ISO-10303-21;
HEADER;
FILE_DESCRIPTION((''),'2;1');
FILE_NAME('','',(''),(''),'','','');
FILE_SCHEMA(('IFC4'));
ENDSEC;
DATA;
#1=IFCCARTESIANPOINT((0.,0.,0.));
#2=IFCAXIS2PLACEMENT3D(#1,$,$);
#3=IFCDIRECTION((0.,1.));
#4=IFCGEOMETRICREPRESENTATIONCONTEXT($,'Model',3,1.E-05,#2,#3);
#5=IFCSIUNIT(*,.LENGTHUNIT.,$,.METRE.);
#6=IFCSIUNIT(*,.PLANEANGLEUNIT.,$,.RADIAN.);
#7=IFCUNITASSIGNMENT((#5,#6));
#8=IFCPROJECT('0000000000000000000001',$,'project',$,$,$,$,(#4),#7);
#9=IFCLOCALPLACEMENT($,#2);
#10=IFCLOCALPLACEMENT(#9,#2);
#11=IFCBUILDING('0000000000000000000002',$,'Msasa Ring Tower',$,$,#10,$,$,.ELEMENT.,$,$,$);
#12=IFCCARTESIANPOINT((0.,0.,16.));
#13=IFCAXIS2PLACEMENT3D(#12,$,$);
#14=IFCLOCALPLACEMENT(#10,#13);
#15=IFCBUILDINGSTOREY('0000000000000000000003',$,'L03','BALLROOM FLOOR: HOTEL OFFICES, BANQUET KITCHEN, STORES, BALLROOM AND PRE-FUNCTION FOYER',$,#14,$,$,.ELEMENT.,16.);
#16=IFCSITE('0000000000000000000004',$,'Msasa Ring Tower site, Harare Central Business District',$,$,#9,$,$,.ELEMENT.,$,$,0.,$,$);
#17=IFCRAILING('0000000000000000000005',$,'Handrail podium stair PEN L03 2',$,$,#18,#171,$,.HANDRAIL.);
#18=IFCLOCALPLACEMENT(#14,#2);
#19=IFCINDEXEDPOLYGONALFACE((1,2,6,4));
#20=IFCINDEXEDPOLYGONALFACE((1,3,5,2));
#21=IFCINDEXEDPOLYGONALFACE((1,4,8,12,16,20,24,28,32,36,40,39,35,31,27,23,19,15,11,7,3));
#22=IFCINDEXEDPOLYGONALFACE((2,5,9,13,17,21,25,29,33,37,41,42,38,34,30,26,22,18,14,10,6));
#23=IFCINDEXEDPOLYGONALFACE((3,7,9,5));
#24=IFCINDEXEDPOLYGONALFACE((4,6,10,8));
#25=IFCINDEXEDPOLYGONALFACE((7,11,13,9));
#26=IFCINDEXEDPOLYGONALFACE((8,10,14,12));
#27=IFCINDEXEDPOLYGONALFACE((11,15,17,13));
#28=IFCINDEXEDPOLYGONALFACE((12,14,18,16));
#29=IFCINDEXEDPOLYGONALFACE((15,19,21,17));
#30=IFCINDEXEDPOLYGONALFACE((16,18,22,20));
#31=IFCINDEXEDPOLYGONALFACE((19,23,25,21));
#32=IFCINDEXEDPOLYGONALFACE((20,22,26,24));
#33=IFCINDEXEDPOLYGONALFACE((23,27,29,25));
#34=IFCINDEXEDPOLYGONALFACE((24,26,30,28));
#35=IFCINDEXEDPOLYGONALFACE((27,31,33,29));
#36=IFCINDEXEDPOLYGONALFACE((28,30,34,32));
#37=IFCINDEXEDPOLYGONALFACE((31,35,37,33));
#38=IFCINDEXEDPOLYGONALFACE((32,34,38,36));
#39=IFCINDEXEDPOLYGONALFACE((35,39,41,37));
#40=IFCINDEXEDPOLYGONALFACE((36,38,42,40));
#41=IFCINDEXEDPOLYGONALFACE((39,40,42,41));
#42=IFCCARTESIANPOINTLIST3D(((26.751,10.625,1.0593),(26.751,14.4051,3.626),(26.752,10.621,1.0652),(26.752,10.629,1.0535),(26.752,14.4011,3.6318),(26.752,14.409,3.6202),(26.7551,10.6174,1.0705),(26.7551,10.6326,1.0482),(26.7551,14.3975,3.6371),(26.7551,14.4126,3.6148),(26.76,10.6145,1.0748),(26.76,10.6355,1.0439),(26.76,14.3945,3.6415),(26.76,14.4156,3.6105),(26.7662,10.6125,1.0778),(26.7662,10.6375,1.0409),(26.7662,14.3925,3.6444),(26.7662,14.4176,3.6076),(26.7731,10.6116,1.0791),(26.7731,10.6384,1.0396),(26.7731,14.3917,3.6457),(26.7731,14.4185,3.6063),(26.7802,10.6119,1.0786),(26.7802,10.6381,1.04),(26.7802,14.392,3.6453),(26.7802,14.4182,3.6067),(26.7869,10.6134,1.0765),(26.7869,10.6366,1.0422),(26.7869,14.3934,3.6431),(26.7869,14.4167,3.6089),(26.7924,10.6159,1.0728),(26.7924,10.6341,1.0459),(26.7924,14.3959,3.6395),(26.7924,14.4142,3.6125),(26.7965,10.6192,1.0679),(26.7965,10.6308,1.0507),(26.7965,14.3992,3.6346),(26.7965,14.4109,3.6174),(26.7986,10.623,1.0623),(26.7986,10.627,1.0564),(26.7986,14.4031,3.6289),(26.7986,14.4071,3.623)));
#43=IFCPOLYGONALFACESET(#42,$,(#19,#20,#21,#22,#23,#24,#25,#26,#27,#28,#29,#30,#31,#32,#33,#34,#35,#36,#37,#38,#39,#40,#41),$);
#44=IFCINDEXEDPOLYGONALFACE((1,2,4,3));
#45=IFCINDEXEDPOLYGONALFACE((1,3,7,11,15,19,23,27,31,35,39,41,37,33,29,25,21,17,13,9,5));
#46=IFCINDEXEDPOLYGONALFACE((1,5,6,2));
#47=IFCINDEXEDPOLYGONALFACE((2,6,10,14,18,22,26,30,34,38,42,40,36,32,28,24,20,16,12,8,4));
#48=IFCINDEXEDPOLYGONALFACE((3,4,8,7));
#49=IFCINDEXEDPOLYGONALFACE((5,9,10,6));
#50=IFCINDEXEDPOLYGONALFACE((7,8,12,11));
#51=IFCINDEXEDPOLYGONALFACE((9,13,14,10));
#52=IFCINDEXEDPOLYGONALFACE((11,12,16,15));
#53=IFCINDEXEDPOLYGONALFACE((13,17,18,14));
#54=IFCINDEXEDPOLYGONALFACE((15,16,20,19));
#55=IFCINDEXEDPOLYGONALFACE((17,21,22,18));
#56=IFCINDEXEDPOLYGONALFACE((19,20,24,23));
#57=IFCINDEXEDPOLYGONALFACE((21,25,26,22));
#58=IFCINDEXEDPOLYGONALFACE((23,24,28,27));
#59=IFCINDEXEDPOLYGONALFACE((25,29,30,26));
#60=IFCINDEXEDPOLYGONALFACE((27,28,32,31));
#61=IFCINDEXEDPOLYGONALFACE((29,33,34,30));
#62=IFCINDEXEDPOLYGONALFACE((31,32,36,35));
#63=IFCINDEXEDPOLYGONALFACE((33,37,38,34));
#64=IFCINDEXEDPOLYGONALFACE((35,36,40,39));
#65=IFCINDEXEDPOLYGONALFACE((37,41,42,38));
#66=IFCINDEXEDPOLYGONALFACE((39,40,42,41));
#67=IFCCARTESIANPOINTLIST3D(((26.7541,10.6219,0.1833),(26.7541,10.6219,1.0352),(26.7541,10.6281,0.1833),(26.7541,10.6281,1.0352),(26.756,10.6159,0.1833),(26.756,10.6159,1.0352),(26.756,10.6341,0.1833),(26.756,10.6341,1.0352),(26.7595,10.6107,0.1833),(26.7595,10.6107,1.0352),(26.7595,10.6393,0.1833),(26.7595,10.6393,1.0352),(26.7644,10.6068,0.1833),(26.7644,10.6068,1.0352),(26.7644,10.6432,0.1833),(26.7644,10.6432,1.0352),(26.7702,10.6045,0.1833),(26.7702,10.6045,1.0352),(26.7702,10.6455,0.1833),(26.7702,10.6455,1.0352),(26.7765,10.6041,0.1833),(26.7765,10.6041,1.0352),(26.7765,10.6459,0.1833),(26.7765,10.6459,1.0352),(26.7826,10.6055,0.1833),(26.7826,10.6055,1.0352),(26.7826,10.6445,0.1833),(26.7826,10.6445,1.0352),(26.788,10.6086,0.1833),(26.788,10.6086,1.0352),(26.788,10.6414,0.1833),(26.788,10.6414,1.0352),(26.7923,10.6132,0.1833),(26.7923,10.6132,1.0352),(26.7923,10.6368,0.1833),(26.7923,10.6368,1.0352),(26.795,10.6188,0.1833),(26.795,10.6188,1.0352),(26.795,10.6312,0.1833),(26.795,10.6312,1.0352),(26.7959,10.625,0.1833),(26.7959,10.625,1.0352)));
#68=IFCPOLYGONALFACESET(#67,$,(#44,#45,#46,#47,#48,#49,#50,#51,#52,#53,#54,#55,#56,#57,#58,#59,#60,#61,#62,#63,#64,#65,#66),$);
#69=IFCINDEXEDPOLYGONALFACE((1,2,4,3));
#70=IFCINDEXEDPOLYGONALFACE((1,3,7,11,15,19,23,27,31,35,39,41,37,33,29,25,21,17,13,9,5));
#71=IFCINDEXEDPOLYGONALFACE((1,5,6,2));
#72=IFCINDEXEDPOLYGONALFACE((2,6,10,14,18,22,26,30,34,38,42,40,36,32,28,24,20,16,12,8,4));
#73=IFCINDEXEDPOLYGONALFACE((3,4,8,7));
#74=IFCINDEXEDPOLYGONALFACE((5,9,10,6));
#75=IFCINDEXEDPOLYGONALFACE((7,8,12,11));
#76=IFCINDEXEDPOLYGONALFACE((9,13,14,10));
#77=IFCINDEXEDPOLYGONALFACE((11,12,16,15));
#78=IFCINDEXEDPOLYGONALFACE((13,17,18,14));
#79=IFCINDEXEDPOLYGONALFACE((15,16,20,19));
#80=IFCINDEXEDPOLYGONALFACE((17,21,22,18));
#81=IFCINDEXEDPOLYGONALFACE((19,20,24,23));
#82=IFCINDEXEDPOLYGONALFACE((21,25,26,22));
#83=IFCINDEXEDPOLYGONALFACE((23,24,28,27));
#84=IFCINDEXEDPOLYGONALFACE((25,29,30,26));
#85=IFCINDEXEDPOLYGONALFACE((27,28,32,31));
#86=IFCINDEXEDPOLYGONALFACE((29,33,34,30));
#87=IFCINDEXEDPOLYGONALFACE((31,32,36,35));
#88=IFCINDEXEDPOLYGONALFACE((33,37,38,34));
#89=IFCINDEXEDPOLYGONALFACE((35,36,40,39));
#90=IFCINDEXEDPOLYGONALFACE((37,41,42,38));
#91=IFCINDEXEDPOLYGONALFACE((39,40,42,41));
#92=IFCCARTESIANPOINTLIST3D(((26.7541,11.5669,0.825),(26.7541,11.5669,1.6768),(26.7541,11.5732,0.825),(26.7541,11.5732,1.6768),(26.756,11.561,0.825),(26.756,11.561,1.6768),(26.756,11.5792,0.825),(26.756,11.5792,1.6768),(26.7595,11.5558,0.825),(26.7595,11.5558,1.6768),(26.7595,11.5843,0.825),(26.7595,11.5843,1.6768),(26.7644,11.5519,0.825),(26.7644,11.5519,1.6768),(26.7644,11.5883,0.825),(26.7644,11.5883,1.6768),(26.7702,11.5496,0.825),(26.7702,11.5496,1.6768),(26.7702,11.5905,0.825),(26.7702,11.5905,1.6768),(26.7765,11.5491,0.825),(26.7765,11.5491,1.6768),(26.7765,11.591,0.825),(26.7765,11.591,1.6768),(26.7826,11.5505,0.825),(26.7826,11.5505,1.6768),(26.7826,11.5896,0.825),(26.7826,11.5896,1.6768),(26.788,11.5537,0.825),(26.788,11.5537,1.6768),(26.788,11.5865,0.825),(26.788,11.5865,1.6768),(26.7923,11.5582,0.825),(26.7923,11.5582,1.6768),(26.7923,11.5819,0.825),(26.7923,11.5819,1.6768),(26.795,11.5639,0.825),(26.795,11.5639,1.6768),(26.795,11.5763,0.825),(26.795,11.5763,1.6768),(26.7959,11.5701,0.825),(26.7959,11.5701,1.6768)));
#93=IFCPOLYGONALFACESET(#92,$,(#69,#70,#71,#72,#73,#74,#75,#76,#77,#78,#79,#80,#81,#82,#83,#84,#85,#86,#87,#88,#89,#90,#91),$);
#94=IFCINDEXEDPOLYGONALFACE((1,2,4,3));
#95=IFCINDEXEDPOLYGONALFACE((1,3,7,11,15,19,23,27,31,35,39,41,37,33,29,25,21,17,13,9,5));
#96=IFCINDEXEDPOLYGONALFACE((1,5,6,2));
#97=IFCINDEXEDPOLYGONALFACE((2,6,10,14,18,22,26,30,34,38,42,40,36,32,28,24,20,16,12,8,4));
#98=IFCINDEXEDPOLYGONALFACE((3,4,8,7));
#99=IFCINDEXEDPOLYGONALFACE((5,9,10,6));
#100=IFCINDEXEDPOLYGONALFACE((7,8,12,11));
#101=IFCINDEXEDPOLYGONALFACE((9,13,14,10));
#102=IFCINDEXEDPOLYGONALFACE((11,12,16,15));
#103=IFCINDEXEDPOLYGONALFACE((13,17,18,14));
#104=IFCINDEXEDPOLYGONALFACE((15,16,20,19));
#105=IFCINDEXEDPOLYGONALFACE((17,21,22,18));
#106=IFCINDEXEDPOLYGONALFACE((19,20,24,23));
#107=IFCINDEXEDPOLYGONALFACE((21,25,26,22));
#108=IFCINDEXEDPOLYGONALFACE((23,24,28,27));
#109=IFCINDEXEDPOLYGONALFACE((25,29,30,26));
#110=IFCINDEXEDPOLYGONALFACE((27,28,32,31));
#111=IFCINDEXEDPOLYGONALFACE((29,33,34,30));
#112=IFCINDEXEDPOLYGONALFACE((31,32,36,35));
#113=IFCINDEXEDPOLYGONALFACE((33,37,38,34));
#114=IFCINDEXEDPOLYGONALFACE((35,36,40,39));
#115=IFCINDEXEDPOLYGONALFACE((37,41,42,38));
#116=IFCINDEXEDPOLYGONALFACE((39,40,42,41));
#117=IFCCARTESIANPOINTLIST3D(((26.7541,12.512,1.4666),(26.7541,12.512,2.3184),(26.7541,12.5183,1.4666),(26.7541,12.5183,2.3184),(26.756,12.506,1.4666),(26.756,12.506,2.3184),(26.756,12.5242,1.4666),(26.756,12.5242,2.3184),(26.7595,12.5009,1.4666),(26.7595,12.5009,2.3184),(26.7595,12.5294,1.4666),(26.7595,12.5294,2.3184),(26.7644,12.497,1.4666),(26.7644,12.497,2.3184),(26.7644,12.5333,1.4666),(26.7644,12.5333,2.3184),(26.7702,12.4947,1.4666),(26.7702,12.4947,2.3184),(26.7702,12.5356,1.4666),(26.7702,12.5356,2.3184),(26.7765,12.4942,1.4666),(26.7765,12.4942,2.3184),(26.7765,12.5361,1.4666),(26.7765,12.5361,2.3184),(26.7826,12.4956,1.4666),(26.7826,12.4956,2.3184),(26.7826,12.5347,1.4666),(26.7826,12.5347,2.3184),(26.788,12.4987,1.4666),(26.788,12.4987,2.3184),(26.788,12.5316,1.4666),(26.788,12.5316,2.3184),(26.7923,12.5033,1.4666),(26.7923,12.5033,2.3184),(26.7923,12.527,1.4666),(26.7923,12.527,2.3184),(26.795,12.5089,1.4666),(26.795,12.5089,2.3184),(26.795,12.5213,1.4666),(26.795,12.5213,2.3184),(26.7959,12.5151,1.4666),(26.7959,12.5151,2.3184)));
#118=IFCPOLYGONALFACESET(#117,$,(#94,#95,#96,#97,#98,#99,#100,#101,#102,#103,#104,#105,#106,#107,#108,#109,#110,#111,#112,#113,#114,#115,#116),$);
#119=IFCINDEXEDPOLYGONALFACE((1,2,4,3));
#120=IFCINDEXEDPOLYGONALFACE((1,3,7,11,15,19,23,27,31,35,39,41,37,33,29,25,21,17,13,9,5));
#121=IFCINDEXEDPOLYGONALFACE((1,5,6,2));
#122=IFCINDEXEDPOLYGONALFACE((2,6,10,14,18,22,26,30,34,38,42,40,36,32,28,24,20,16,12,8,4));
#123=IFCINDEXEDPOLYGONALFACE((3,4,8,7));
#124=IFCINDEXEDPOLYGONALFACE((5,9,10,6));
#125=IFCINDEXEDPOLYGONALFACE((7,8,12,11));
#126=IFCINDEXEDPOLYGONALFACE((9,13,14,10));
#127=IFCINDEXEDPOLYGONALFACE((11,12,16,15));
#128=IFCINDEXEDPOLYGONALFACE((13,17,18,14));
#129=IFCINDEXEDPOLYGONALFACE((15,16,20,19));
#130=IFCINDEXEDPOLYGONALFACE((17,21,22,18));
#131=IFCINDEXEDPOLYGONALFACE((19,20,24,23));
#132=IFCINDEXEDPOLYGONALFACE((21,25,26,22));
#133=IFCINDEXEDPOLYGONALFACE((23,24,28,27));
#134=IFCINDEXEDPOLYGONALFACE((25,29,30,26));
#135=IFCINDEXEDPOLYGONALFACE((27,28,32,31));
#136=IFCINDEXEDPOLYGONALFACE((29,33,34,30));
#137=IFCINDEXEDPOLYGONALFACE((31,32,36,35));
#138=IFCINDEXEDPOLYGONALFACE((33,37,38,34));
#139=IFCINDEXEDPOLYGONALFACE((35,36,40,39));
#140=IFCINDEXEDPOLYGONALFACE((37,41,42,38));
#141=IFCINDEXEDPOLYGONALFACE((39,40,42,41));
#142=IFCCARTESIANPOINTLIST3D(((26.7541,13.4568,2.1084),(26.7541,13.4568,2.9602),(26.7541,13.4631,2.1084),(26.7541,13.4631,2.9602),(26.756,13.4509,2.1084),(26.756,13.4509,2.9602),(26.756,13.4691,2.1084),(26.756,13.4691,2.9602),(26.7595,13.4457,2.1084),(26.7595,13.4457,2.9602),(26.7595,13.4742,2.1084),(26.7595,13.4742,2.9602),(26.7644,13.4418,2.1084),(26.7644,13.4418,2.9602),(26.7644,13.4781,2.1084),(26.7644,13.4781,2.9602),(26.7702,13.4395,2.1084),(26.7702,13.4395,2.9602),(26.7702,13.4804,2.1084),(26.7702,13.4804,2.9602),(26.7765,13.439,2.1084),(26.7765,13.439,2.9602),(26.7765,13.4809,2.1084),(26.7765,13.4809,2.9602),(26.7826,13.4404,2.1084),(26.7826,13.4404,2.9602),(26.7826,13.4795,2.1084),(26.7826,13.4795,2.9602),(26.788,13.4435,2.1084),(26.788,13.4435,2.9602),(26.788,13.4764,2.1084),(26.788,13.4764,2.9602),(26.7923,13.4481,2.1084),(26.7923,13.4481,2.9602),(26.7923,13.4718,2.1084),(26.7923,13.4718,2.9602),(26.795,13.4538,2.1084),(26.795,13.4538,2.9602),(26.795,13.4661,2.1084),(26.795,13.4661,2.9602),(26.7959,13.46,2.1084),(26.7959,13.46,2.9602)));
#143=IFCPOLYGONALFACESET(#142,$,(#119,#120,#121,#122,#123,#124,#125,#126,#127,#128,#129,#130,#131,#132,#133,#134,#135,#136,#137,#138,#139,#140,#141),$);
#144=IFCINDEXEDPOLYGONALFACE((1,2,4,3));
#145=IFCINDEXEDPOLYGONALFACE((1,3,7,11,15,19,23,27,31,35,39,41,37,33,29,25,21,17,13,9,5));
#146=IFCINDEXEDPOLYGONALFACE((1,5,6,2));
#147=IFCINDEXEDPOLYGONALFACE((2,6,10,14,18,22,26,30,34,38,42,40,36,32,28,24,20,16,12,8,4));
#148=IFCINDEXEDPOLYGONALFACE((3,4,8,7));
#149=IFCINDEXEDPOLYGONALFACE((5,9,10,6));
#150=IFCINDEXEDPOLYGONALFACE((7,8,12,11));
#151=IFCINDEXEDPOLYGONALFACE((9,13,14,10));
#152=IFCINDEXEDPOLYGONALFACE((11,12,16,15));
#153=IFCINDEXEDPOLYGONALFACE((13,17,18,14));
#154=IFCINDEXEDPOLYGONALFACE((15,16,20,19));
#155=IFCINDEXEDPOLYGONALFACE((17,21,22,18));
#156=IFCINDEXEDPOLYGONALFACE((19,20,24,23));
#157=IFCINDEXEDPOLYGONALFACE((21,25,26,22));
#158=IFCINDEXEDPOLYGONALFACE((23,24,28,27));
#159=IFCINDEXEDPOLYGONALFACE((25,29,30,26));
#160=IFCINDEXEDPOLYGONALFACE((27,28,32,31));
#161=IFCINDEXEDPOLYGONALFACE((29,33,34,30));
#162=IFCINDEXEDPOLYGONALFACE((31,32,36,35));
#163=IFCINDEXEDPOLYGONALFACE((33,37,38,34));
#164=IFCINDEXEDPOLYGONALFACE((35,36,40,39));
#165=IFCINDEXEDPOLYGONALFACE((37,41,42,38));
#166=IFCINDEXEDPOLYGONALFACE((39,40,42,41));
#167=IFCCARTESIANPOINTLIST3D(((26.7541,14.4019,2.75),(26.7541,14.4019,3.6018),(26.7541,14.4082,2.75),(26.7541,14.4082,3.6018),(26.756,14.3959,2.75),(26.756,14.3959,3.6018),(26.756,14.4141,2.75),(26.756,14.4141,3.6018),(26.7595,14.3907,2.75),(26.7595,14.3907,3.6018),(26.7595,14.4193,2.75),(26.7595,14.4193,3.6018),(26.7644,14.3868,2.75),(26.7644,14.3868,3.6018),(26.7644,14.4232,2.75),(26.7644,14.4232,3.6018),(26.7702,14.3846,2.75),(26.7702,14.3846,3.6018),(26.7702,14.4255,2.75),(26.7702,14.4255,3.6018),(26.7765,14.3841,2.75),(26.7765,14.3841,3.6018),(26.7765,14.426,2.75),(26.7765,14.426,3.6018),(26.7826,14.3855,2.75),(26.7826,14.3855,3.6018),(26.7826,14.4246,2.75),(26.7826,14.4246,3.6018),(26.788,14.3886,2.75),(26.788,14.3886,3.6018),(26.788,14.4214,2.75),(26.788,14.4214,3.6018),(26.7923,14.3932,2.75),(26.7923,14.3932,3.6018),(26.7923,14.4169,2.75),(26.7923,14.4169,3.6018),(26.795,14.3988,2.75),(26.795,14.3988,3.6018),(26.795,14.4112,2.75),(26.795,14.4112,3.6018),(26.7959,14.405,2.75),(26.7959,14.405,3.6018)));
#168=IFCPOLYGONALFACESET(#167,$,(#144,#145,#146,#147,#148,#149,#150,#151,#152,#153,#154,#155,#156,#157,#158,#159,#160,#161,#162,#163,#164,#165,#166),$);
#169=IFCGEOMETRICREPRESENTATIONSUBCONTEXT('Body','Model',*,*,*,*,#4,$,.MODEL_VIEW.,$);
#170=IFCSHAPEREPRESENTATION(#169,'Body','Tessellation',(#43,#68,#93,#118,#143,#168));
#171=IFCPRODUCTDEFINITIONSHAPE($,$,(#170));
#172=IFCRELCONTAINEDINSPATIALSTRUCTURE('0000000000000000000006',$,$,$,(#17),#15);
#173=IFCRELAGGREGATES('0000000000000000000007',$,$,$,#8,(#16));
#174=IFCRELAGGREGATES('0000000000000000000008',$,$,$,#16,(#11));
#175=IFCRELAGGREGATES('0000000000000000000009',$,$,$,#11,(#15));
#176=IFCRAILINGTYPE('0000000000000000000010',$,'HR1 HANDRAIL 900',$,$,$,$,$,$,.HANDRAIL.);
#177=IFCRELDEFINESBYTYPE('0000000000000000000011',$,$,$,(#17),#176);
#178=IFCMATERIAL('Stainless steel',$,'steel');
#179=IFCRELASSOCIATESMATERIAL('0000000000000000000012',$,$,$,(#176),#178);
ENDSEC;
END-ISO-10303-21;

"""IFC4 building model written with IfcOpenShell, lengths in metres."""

from ifc_helpers import new_model, si_unit, direction, frame, origin, origin_2d, place, context, subcontext, project, spatial, circle, extrude, material, type_object, element, save


model = new_model("IFC4")

# Units and contexts
model_context = context("Model", 3, precision=1e-05, world=origin(), true_north=direction((0.0, 1.0)))
body_context = subcontext(model_context, "Body", "Model", "MODEL_VIEW")
ifc_project = project(units=[si_unit("LENGTHUNIT", "METRE"), si_unit("PLANEANGLEUNIT", "RADIAN")], contexts=[model_context])

# Site, building, storey
site_placement = place(None, origin())
site = spatial("IfcSite", under=ifc_project, at=site_placement, Name="Msasa Ring Tower site, Harare Central Business District", CompositionType="ELEMENT", RefElevation=0.0)
building_placement = place(site_placement, origin())
building = spatial("IfcBuilding", under=site, at=building_placement, Name="Msasa Ring Tower", CompositionType="ELEMENT")
storey_placement = place(building_placement, frame((0.0, 0.0, 16.0)))
storey = spatial("IfcBuildingStorey", under=building, at=storey_placement, Name="L03", Description="BALLROOM FLOOR: HOTEL OFFICES, BANQUET KITCHEN, STORES, BALLROOM AND PRE-FUNCTION FOYER", CompositionType="ELEMENT", Elevation=16.0)

# Railing
ifc_material_1 = material(Name="Stainless steel", Category="steel")
railing_type = type_object("IfcRailingType", Name="HR1 HANDRAIL 900", PredefinedType="HANDRAIL", material=ifc_material_1)
for number, where, name in (
    (1, (26.7749, 10.625, 0.1833), "Handrail podium stair PEN L03 2"),
):
    element("IfcRailing", number, at=place(storey_placement, frame(where)), inside=storey, type_object=railing_type, Name=name, PredefinedType="HANDRAIL", context=body_context, shape_type="SweptSolid", body=[
        extrude(circle(Radius=0.0239, at=origin_2d()), frame((0.0, 0.0, 0.876), z_axis=(0.0, 0.82731, 0.561746), x_axis=(-1.0, 0.0, 0.0)), (0.0, 0.0, 1.0), 4.5691),
        extrude(circle(Radius=0.021, at=origin_2d()), origin(), (0.0, 0.0, 1.0), 0.8518),
        extrude(circle(Radius=0.021, at=origin_2d()), frame((0.0, 0.9451, 0.6416)), (0.0, 0.0, 1.0), 0.8518),
        extrude(circle(Radius=0.021, at=origin_2d()), frame((0.0, 1.8901, 1.2832)), (0.0, 0.0, 1.0), 0.8518),
        extrude(circle(Radius=0.021, at=origin_2d()), frame((0.0, 2.835, 1.925)), (0.0, 0.0, 1.0), 0.8518),
        extrude(circle(Radius=0.021, at=origin_2d()), frame((0.0, 3.78, 2.5667)), (0.0, 0.0, 1.0), 0.8518),
    ])

save(model, "model.ifc")
